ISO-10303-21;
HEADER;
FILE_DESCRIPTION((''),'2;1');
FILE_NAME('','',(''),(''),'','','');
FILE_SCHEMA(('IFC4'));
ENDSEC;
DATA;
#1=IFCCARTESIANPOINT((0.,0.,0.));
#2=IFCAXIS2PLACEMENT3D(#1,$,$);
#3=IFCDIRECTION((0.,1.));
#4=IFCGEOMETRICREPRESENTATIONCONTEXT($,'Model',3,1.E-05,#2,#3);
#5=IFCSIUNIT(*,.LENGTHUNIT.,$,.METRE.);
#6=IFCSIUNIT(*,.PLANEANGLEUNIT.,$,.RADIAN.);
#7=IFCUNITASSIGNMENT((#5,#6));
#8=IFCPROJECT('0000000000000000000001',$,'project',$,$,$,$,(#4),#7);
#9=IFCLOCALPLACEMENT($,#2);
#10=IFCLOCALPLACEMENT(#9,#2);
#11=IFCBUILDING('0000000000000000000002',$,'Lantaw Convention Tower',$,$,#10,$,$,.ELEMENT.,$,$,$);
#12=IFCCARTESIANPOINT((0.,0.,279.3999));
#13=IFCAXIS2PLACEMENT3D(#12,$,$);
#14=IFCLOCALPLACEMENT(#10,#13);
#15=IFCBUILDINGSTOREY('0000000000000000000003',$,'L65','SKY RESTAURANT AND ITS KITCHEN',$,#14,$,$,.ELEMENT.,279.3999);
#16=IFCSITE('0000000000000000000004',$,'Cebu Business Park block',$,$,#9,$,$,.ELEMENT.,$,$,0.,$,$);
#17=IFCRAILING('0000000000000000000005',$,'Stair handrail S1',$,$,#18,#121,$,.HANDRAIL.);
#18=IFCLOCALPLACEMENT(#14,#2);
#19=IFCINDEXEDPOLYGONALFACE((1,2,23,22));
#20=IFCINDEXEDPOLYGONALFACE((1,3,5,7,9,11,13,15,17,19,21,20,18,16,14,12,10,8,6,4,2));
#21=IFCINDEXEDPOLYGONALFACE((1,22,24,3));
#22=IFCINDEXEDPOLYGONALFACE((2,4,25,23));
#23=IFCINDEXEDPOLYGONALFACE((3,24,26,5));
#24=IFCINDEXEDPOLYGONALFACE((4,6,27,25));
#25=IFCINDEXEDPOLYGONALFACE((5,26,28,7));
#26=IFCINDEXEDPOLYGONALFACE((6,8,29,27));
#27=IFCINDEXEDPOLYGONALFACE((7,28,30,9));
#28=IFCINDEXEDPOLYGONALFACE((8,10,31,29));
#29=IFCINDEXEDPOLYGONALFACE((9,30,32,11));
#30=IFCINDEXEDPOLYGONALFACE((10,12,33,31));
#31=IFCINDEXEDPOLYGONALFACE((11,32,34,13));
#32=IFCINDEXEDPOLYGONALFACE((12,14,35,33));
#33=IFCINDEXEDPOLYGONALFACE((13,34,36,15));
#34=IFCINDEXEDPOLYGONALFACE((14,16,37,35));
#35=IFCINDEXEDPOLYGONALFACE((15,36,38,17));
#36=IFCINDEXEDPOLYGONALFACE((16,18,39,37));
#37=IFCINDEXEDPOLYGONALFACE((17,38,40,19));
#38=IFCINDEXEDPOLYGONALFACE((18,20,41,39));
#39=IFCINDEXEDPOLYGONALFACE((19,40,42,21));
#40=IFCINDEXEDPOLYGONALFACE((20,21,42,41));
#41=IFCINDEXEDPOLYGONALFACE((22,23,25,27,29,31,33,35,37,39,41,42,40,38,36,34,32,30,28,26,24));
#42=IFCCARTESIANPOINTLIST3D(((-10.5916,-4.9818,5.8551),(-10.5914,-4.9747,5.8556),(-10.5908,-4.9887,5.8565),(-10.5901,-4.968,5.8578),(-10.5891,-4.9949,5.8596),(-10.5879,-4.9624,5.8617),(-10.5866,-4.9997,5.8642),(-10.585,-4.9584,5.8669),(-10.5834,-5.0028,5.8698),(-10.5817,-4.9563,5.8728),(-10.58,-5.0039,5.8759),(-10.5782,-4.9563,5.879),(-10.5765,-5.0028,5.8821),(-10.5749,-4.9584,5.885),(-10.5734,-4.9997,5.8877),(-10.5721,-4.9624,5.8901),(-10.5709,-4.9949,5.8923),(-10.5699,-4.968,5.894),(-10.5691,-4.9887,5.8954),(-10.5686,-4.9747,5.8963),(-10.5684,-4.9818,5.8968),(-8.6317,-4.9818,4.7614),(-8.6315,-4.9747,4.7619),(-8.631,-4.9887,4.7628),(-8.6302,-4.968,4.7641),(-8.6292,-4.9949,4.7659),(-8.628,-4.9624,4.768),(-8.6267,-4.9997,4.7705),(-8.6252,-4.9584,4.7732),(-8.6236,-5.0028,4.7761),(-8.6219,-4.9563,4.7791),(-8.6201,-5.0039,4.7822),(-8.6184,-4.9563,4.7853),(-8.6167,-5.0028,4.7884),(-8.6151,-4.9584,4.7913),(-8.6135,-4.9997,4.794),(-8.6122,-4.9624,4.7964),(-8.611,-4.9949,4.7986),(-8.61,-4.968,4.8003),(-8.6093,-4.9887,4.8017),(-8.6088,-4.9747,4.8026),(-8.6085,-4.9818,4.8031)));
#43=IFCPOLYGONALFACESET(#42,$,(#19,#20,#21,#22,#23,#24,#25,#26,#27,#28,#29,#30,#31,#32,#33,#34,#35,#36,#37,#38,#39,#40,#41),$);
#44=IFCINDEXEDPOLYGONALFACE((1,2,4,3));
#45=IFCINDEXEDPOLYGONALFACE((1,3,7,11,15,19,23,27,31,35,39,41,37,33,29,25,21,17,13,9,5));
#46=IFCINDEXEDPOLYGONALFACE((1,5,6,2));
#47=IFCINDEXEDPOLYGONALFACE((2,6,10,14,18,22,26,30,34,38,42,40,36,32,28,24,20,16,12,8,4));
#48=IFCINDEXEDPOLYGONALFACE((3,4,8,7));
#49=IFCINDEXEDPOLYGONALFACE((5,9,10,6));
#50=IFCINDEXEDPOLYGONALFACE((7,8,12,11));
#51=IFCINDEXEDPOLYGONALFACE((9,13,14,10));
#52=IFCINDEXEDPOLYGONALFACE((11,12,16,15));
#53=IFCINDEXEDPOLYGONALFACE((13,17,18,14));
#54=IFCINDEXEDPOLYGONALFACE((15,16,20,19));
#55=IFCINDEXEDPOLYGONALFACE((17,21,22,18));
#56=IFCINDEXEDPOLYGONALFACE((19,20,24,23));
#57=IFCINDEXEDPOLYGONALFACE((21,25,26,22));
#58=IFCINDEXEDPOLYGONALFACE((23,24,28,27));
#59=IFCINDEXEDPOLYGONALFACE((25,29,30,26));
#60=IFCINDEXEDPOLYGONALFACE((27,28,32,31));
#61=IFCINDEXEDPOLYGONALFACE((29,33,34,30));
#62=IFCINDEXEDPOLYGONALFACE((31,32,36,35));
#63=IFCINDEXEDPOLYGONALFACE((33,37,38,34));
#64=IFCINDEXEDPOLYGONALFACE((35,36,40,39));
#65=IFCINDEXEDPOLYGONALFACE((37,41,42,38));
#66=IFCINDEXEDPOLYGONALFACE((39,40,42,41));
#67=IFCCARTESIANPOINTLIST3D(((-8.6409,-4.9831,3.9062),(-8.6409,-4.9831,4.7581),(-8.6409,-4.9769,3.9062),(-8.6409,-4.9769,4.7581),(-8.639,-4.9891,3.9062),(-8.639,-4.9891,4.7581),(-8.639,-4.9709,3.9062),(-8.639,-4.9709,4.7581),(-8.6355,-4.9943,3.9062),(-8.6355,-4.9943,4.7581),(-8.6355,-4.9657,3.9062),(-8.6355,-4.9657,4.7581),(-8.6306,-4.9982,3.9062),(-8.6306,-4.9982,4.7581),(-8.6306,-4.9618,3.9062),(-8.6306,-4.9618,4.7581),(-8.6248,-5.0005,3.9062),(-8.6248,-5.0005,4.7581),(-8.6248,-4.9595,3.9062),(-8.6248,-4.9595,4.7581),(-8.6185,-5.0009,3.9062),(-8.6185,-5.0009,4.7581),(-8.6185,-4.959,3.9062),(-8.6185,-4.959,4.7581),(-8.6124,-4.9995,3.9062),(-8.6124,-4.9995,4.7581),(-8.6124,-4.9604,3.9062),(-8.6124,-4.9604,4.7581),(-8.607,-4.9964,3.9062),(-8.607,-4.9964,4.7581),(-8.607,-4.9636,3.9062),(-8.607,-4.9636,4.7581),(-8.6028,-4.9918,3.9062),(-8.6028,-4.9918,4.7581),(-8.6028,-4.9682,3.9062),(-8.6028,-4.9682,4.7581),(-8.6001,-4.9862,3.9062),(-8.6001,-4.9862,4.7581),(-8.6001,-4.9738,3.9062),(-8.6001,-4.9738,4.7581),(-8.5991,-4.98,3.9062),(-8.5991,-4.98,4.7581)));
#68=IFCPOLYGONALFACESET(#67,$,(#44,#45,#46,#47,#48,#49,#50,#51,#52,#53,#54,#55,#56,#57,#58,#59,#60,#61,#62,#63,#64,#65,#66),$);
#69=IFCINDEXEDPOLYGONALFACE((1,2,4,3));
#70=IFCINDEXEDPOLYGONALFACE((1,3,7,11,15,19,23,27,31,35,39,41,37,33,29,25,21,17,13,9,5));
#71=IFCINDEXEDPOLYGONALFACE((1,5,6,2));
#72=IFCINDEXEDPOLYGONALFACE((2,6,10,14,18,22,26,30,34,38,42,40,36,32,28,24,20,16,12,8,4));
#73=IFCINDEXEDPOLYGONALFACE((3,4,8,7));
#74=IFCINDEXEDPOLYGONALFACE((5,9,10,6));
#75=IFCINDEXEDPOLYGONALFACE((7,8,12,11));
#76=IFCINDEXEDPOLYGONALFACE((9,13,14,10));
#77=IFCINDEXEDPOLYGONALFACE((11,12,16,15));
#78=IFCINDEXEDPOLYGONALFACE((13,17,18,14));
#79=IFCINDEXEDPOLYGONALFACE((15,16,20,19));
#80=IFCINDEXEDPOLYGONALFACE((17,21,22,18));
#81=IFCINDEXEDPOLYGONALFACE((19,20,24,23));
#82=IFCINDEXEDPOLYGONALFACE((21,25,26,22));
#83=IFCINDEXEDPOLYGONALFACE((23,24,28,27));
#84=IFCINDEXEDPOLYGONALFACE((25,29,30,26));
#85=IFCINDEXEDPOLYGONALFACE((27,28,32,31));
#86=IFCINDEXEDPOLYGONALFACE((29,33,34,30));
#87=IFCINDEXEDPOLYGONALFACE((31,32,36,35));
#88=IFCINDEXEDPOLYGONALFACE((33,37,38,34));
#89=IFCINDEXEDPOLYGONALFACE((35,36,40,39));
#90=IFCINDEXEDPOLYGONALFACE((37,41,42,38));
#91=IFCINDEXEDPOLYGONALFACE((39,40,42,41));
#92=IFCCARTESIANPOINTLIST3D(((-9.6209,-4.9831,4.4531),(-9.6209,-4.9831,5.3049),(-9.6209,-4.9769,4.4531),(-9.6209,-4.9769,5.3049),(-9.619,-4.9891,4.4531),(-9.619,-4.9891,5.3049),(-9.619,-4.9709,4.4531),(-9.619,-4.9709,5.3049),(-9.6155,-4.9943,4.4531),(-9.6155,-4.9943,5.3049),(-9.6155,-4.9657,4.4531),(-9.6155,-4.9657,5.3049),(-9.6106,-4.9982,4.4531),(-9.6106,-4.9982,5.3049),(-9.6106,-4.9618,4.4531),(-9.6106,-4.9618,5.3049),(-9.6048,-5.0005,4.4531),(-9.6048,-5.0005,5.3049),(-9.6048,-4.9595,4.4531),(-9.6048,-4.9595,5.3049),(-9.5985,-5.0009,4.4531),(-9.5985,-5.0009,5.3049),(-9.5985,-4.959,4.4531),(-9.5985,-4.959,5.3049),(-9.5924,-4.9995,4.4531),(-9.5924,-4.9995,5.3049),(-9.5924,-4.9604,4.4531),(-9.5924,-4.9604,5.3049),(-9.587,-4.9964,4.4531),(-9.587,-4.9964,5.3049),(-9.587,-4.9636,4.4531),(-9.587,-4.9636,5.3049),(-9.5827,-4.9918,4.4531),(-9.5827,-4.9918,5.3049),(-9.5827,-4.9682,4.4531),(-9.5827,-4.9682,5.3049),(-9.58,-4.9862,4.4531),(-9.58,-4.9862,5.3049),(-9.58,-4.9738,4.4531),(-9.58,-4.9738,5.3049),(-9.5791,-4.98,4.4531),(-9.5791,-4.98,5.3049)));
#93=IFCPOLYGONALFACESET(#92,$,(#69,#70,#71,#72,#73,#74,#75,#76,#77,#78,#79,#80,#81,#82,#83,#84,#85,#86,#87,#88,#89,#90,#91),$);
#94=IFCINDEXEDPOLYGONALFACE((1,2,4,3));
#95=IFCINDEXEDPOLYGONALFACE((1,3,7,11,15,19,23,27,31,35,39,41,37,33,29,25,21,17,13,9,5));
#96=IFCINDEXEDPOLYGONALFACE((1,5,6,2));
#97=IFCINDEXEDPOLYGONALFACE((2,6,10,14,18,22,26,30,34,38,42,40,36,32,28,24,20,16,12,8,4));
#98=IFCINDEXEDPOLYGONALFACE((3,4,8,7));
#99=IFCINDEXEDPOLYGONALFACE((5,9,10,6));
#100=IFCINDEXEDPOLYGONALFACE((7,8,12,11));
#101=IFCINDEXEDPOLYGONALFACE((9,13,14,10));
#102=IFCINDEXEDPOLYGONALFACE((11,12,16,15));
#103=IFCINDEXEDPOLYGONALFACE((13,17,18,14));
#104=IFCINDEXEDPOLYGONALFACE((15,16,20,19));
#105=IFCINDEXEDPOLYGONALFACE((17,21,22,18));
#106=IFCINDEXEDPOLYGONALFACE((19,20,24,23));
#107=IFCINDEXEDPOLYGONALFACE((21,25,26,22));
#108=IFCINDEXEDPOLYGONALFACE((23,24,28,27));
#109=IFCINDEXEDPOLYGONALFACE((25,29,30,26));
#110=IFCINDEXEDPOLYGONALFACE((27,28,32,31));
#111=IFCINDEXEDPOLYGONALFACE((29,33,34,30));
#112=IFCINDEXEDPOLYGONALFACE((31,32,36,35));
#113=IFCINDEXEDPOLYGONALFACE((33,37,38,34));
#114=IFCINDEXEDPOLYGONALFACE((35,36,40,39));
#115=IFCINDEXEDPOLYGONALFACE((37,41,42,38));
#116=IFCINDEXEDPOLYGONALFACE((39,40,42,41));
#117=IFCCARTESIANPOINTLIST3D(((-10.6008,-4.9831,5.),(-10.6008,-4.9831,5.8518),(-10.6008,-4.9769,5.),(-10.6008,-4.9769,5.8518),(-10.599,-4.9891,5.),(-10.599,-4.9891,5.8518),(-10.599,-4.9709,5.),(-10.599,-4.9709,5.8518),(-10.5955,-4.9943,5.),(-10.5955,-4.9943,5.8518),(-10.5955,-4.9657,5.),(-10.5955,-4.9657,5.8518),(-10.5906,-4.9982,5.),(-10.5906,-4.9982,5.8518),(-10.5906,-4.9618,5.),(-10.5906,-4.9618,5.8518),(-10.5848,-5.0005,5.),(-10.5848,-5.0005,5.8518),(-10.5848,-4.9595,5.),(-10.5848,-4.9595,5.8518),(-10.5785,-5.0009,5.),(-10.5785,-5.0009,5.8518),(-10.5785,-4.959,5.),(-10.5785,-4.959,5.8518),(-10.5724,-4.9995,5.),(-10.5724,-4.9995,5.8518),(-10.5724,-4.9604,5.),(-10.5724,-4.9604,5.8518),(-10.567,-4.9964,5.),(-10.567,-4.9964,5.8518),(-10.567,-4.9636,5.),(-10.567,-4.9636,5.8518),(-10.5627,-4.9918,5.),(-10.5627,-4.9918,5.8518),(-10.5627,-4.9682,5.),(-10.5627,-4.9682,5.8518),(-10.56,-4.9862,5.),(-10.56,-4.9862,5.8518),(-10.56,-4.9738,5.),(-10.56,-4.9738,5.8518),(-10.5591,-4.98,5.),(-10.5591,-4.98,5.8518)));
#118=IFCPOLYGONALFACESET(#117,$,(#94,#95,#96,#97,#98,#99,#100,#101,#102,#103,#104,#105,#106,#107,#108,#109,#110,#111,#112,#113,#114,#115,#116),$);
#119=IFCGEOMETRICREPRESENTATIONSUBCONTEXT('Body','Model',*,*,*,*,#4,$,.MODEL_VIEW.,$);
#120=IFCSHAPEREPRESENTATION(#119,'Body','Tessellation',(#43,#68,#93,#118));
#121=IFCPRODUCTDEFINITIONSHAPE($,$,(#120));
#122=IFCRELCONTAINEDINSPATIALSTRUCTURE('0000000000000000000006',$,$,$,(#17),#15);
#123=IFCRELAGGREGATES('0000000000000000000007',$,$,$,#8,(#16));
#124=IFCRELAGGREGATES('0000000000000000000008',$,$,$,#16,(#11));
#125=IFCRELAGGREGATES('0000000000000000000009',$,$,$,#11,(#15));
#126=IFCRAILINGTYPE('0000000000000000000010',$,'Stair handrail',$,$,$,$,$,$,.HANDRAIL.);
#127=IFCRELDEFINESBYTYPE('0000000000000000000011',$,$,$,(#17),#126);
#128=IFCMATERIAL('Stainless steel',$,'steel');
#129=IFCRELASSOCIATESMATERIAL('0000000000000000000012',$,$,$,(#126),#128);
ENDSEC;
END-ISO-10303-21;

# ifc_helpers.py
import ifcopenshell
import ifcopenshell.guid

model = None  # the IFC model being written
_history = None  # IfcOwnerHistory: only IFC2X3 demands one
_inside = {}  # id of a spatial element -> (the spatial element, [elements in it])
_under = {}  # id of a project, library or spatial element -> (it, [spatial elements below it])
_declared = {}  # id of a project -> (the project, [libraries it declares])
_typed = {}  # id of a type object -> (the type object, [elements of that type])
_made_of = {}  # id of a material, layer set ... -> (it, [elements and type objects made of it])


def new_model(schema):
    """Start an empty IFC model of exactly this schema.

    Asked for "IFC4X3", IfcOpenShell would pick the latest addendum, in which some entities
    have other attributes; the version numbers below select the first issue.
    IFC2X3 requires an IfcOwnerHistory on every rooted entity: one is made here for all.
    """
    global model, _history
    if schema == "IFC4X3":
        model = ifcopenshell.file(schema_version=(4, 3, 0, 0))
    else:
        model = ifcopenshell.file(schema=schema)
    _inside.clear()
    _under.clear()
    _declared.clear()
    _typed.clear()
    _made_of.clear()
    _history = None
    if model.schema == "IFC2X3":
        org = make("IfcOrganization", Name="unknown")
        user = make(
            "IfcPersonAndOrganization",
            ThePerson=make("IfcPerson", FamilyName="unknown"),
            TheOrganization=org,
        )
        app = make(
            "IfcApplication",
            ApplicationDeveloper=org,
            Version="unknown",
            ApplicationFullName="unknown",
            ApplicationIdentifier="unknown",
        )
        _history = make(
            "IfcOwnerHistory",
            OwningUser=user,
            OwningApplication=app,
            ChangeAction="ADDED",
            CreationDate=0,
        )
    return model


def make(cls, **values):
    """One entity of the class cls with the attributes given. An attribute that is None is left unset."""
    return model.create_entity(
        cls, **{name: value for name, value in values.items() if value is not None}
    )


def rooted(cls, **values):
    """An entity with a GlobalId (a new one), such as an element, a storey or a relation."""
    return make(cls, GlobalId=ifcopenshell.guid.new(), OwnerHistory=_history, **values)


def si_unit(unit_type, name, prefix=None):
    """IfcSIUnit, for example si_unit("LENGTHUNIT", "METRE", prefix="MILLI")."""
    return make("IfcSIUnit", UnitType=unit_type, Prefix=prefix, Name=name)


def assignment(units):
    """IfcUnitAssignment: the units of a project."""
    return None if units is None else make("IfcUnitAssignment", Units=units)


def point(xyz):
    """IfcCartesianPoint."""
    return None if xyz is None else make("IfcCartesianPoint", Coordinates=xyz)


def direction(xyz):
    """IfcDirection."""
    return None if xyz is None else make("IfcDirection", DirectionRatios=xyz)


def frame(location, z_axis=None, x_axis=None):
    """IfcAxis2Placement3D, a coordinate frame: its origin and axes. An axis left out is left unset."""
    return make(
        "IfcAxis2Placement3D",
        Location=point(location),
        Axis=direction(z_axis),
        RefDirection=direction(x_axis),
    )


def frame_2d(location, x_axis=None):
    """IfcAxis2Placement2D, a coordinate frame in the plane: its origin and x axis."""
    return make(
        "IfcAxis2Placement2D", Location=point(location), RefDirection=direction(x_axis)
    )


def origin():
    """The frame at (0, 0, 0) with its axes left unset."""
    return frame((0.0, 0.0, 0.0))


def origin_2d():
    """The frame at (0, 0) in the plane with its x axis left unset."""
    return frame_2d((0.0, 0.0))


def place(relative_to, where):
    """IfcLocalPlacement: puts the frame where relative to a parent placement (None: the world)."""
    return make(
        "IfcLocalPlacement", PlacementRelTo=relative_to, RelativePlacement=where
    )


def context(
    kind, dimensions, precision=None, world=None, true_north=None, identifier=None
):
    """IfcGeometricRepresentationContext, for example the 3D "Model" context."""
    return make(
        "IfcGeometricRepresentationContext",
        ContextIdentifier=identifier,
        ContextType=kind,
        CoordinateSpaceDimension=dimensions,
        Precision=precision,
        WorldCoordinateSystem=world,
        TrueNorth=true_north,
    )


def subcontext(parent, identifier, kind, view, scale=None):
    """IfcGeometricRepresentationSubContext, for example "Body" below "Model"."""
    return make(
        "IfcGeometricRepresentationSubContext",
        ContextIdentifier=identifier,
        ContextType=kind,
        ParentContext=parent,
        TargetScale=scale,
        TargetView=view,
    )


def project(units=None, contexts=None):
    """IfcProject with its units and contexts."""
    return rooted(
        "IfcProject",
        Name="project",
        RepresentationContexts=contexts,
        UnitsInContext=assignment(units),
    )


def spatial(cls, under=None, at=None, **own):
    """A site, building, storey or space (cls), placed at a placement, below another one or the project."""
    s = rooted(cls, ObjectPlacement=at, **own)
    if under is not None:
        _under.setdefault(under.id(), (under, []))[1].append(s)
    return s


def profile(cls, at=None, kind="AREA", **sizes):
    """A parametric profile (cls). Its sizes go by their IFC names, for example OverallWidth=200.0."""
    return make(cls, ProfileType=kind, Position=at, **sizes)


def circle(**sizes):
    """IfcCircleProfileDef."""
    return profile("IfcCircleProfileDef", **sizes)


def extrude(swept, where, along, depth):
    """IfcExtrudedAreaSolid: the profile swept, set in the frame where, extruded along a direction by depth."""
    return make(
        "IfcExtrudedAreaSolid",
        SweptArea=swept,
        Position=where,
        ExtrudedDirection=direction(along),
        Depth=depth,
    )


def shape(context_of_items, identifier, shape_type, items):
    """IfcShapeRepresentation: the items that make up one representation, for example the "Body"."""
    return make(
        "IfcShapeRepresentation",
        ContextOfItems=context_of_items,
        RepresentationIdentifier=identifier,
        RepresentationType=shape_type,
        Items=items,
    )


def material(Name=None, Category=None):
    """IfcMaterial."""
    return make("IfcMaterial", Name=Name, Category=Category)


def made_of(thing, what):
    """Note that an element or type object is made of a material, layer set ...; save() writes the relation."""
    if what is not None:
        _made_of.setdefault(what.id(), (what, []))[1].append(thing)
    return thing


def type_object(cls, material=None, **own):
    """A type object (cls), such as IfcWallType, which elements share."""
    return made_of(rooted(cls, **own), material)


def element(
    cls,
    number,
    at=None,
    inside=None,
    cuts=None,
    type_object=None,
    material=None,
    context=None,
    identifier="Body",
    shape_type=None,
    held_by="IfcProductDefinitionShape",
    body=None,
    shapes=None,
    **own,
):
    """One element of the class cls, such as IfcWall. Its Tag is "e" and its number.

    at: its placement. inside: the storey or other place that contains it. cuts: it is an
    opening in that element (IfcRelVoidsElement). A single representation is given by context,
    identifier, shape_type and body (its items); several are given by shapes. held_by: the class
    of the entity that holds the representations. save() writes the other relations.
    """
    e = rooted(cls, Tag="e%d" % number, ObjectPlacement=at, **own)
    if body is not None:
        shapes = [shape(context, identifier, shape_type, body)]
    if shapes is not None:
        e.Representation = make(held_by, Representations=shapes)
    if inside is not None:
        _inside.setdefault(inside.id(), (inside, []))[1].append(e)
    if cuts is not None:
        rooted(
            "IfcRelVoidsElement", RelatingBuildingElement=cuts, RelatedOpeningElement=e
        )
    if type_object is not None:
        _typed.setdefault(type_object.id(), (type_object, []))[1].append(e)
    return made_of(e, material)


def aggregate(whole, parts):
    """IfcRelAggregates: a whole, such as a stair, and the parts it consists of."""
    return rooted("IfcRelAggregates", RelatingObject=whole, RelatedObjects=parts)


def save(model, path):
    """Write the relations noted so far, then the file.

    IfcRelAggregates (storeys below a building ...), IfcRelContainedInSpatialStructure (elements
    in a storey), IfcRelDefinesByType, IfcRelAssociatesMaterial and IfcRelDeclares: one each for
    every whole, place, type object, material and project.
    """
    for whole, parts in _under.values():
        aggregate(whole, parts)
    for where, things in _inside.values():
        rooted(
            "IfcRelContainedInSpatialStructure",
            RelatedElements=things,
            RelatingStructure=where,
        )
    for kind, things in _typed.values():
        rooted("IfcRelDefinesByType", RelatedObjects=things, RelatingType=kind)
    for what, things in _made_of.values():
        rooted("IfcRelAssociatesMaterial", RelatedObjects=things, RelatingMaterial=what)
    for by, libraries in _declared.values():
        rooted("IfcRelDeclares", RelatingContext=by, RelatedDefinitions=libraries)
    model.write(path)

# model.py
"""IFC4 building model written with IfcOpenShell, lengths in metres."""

from ifc_helpers import new_model, si_unit, direction, frame, origin, origin_2d, place, context, subcontext, project, spatial, circle, extrude, material, type_object, element, save


model = new_model("IFC4")

# Units and contexts
model_context = context("Model", 3, precision=1e-05, world=origin(), true_north=direction((0.0, 1.0)))
body_context = subcontext(model_context, "Body", "Model", "MODEL_VIEW")
ifc_project = project(units=[si_unit("LENGTHUNIT", "METRE"), si_unit("PLANEANGLEUNIT", "RADIAN")], contexts=[model_context])

# Site, building, storey
site_placement = place(None, origin())
site = spatial("IfcSite", under=ifc_project, at=site_placement, Name="Cebu Business Park block", CompositionType="ELEMENT", RefElevation=0.0)
building_placement = place(site_placement, origin())
building = spatial("IfcBuilding", under=site, at=building_placement, Name="Lantaw Convention Tower", CompositionType="ELEMENT")
storey_placement = place(building_placement, frame((0.0, 0.0, 279.3999)))
storey = spatial("IfcBuildingStorey", under=building, at=storey_placement, Name="L65", Description="SKY RESTAURANT AND ITS KITCHEN", CompositionType="ELEMENT", Elevation=279.3999)

# Shared definitions
ifc_material_1 = material(Name="Stainless steel", Category="steel")

# Railing
railing_type = type_object("IfcRailingType", Name="Stair handrail", PredefinedType="HANDRAIL", material=ifc_material_1)
railing_1_placement = place(storey_placement, frame((-8.6201, -4.98, 3.9062)))
element("IfcRailing", 1, at=railing_1_placement, inside=storey, type_object=railing_type, Name="Stair handrail S1", PredefinedType="HANDRAIL", context=body_context, shape_type="SweptSolid", body=[
    extrude(circle(Radius=0.0239, at=origin_2d()), frame((0.0, 0.0, 0.876), z_axis=(-0.873232, 0.0, 0.487304), x_axis=(0.0, -1.0, 0.0)), (0.0, 0.0, 1.0), 2.2444),
    extrude(circle(Radius=0.021, at=origin_2d()), origin(), (0.0, 0.0, 1.0), 0.8518),
    extrude(circle(Radius=0.021, at=origin_2d()), frame((-0.98, 0.0, 0.5469)), (0.0, 0.0, 1.0), 0.8518),
    extrude(circle(Radius=0.021, at=origin_2d()), frame((-1.96, 0.0, 1.0938)), (0.0, 0.0, 1.0), 0.8518),
])

save(model, "model.ifc")
